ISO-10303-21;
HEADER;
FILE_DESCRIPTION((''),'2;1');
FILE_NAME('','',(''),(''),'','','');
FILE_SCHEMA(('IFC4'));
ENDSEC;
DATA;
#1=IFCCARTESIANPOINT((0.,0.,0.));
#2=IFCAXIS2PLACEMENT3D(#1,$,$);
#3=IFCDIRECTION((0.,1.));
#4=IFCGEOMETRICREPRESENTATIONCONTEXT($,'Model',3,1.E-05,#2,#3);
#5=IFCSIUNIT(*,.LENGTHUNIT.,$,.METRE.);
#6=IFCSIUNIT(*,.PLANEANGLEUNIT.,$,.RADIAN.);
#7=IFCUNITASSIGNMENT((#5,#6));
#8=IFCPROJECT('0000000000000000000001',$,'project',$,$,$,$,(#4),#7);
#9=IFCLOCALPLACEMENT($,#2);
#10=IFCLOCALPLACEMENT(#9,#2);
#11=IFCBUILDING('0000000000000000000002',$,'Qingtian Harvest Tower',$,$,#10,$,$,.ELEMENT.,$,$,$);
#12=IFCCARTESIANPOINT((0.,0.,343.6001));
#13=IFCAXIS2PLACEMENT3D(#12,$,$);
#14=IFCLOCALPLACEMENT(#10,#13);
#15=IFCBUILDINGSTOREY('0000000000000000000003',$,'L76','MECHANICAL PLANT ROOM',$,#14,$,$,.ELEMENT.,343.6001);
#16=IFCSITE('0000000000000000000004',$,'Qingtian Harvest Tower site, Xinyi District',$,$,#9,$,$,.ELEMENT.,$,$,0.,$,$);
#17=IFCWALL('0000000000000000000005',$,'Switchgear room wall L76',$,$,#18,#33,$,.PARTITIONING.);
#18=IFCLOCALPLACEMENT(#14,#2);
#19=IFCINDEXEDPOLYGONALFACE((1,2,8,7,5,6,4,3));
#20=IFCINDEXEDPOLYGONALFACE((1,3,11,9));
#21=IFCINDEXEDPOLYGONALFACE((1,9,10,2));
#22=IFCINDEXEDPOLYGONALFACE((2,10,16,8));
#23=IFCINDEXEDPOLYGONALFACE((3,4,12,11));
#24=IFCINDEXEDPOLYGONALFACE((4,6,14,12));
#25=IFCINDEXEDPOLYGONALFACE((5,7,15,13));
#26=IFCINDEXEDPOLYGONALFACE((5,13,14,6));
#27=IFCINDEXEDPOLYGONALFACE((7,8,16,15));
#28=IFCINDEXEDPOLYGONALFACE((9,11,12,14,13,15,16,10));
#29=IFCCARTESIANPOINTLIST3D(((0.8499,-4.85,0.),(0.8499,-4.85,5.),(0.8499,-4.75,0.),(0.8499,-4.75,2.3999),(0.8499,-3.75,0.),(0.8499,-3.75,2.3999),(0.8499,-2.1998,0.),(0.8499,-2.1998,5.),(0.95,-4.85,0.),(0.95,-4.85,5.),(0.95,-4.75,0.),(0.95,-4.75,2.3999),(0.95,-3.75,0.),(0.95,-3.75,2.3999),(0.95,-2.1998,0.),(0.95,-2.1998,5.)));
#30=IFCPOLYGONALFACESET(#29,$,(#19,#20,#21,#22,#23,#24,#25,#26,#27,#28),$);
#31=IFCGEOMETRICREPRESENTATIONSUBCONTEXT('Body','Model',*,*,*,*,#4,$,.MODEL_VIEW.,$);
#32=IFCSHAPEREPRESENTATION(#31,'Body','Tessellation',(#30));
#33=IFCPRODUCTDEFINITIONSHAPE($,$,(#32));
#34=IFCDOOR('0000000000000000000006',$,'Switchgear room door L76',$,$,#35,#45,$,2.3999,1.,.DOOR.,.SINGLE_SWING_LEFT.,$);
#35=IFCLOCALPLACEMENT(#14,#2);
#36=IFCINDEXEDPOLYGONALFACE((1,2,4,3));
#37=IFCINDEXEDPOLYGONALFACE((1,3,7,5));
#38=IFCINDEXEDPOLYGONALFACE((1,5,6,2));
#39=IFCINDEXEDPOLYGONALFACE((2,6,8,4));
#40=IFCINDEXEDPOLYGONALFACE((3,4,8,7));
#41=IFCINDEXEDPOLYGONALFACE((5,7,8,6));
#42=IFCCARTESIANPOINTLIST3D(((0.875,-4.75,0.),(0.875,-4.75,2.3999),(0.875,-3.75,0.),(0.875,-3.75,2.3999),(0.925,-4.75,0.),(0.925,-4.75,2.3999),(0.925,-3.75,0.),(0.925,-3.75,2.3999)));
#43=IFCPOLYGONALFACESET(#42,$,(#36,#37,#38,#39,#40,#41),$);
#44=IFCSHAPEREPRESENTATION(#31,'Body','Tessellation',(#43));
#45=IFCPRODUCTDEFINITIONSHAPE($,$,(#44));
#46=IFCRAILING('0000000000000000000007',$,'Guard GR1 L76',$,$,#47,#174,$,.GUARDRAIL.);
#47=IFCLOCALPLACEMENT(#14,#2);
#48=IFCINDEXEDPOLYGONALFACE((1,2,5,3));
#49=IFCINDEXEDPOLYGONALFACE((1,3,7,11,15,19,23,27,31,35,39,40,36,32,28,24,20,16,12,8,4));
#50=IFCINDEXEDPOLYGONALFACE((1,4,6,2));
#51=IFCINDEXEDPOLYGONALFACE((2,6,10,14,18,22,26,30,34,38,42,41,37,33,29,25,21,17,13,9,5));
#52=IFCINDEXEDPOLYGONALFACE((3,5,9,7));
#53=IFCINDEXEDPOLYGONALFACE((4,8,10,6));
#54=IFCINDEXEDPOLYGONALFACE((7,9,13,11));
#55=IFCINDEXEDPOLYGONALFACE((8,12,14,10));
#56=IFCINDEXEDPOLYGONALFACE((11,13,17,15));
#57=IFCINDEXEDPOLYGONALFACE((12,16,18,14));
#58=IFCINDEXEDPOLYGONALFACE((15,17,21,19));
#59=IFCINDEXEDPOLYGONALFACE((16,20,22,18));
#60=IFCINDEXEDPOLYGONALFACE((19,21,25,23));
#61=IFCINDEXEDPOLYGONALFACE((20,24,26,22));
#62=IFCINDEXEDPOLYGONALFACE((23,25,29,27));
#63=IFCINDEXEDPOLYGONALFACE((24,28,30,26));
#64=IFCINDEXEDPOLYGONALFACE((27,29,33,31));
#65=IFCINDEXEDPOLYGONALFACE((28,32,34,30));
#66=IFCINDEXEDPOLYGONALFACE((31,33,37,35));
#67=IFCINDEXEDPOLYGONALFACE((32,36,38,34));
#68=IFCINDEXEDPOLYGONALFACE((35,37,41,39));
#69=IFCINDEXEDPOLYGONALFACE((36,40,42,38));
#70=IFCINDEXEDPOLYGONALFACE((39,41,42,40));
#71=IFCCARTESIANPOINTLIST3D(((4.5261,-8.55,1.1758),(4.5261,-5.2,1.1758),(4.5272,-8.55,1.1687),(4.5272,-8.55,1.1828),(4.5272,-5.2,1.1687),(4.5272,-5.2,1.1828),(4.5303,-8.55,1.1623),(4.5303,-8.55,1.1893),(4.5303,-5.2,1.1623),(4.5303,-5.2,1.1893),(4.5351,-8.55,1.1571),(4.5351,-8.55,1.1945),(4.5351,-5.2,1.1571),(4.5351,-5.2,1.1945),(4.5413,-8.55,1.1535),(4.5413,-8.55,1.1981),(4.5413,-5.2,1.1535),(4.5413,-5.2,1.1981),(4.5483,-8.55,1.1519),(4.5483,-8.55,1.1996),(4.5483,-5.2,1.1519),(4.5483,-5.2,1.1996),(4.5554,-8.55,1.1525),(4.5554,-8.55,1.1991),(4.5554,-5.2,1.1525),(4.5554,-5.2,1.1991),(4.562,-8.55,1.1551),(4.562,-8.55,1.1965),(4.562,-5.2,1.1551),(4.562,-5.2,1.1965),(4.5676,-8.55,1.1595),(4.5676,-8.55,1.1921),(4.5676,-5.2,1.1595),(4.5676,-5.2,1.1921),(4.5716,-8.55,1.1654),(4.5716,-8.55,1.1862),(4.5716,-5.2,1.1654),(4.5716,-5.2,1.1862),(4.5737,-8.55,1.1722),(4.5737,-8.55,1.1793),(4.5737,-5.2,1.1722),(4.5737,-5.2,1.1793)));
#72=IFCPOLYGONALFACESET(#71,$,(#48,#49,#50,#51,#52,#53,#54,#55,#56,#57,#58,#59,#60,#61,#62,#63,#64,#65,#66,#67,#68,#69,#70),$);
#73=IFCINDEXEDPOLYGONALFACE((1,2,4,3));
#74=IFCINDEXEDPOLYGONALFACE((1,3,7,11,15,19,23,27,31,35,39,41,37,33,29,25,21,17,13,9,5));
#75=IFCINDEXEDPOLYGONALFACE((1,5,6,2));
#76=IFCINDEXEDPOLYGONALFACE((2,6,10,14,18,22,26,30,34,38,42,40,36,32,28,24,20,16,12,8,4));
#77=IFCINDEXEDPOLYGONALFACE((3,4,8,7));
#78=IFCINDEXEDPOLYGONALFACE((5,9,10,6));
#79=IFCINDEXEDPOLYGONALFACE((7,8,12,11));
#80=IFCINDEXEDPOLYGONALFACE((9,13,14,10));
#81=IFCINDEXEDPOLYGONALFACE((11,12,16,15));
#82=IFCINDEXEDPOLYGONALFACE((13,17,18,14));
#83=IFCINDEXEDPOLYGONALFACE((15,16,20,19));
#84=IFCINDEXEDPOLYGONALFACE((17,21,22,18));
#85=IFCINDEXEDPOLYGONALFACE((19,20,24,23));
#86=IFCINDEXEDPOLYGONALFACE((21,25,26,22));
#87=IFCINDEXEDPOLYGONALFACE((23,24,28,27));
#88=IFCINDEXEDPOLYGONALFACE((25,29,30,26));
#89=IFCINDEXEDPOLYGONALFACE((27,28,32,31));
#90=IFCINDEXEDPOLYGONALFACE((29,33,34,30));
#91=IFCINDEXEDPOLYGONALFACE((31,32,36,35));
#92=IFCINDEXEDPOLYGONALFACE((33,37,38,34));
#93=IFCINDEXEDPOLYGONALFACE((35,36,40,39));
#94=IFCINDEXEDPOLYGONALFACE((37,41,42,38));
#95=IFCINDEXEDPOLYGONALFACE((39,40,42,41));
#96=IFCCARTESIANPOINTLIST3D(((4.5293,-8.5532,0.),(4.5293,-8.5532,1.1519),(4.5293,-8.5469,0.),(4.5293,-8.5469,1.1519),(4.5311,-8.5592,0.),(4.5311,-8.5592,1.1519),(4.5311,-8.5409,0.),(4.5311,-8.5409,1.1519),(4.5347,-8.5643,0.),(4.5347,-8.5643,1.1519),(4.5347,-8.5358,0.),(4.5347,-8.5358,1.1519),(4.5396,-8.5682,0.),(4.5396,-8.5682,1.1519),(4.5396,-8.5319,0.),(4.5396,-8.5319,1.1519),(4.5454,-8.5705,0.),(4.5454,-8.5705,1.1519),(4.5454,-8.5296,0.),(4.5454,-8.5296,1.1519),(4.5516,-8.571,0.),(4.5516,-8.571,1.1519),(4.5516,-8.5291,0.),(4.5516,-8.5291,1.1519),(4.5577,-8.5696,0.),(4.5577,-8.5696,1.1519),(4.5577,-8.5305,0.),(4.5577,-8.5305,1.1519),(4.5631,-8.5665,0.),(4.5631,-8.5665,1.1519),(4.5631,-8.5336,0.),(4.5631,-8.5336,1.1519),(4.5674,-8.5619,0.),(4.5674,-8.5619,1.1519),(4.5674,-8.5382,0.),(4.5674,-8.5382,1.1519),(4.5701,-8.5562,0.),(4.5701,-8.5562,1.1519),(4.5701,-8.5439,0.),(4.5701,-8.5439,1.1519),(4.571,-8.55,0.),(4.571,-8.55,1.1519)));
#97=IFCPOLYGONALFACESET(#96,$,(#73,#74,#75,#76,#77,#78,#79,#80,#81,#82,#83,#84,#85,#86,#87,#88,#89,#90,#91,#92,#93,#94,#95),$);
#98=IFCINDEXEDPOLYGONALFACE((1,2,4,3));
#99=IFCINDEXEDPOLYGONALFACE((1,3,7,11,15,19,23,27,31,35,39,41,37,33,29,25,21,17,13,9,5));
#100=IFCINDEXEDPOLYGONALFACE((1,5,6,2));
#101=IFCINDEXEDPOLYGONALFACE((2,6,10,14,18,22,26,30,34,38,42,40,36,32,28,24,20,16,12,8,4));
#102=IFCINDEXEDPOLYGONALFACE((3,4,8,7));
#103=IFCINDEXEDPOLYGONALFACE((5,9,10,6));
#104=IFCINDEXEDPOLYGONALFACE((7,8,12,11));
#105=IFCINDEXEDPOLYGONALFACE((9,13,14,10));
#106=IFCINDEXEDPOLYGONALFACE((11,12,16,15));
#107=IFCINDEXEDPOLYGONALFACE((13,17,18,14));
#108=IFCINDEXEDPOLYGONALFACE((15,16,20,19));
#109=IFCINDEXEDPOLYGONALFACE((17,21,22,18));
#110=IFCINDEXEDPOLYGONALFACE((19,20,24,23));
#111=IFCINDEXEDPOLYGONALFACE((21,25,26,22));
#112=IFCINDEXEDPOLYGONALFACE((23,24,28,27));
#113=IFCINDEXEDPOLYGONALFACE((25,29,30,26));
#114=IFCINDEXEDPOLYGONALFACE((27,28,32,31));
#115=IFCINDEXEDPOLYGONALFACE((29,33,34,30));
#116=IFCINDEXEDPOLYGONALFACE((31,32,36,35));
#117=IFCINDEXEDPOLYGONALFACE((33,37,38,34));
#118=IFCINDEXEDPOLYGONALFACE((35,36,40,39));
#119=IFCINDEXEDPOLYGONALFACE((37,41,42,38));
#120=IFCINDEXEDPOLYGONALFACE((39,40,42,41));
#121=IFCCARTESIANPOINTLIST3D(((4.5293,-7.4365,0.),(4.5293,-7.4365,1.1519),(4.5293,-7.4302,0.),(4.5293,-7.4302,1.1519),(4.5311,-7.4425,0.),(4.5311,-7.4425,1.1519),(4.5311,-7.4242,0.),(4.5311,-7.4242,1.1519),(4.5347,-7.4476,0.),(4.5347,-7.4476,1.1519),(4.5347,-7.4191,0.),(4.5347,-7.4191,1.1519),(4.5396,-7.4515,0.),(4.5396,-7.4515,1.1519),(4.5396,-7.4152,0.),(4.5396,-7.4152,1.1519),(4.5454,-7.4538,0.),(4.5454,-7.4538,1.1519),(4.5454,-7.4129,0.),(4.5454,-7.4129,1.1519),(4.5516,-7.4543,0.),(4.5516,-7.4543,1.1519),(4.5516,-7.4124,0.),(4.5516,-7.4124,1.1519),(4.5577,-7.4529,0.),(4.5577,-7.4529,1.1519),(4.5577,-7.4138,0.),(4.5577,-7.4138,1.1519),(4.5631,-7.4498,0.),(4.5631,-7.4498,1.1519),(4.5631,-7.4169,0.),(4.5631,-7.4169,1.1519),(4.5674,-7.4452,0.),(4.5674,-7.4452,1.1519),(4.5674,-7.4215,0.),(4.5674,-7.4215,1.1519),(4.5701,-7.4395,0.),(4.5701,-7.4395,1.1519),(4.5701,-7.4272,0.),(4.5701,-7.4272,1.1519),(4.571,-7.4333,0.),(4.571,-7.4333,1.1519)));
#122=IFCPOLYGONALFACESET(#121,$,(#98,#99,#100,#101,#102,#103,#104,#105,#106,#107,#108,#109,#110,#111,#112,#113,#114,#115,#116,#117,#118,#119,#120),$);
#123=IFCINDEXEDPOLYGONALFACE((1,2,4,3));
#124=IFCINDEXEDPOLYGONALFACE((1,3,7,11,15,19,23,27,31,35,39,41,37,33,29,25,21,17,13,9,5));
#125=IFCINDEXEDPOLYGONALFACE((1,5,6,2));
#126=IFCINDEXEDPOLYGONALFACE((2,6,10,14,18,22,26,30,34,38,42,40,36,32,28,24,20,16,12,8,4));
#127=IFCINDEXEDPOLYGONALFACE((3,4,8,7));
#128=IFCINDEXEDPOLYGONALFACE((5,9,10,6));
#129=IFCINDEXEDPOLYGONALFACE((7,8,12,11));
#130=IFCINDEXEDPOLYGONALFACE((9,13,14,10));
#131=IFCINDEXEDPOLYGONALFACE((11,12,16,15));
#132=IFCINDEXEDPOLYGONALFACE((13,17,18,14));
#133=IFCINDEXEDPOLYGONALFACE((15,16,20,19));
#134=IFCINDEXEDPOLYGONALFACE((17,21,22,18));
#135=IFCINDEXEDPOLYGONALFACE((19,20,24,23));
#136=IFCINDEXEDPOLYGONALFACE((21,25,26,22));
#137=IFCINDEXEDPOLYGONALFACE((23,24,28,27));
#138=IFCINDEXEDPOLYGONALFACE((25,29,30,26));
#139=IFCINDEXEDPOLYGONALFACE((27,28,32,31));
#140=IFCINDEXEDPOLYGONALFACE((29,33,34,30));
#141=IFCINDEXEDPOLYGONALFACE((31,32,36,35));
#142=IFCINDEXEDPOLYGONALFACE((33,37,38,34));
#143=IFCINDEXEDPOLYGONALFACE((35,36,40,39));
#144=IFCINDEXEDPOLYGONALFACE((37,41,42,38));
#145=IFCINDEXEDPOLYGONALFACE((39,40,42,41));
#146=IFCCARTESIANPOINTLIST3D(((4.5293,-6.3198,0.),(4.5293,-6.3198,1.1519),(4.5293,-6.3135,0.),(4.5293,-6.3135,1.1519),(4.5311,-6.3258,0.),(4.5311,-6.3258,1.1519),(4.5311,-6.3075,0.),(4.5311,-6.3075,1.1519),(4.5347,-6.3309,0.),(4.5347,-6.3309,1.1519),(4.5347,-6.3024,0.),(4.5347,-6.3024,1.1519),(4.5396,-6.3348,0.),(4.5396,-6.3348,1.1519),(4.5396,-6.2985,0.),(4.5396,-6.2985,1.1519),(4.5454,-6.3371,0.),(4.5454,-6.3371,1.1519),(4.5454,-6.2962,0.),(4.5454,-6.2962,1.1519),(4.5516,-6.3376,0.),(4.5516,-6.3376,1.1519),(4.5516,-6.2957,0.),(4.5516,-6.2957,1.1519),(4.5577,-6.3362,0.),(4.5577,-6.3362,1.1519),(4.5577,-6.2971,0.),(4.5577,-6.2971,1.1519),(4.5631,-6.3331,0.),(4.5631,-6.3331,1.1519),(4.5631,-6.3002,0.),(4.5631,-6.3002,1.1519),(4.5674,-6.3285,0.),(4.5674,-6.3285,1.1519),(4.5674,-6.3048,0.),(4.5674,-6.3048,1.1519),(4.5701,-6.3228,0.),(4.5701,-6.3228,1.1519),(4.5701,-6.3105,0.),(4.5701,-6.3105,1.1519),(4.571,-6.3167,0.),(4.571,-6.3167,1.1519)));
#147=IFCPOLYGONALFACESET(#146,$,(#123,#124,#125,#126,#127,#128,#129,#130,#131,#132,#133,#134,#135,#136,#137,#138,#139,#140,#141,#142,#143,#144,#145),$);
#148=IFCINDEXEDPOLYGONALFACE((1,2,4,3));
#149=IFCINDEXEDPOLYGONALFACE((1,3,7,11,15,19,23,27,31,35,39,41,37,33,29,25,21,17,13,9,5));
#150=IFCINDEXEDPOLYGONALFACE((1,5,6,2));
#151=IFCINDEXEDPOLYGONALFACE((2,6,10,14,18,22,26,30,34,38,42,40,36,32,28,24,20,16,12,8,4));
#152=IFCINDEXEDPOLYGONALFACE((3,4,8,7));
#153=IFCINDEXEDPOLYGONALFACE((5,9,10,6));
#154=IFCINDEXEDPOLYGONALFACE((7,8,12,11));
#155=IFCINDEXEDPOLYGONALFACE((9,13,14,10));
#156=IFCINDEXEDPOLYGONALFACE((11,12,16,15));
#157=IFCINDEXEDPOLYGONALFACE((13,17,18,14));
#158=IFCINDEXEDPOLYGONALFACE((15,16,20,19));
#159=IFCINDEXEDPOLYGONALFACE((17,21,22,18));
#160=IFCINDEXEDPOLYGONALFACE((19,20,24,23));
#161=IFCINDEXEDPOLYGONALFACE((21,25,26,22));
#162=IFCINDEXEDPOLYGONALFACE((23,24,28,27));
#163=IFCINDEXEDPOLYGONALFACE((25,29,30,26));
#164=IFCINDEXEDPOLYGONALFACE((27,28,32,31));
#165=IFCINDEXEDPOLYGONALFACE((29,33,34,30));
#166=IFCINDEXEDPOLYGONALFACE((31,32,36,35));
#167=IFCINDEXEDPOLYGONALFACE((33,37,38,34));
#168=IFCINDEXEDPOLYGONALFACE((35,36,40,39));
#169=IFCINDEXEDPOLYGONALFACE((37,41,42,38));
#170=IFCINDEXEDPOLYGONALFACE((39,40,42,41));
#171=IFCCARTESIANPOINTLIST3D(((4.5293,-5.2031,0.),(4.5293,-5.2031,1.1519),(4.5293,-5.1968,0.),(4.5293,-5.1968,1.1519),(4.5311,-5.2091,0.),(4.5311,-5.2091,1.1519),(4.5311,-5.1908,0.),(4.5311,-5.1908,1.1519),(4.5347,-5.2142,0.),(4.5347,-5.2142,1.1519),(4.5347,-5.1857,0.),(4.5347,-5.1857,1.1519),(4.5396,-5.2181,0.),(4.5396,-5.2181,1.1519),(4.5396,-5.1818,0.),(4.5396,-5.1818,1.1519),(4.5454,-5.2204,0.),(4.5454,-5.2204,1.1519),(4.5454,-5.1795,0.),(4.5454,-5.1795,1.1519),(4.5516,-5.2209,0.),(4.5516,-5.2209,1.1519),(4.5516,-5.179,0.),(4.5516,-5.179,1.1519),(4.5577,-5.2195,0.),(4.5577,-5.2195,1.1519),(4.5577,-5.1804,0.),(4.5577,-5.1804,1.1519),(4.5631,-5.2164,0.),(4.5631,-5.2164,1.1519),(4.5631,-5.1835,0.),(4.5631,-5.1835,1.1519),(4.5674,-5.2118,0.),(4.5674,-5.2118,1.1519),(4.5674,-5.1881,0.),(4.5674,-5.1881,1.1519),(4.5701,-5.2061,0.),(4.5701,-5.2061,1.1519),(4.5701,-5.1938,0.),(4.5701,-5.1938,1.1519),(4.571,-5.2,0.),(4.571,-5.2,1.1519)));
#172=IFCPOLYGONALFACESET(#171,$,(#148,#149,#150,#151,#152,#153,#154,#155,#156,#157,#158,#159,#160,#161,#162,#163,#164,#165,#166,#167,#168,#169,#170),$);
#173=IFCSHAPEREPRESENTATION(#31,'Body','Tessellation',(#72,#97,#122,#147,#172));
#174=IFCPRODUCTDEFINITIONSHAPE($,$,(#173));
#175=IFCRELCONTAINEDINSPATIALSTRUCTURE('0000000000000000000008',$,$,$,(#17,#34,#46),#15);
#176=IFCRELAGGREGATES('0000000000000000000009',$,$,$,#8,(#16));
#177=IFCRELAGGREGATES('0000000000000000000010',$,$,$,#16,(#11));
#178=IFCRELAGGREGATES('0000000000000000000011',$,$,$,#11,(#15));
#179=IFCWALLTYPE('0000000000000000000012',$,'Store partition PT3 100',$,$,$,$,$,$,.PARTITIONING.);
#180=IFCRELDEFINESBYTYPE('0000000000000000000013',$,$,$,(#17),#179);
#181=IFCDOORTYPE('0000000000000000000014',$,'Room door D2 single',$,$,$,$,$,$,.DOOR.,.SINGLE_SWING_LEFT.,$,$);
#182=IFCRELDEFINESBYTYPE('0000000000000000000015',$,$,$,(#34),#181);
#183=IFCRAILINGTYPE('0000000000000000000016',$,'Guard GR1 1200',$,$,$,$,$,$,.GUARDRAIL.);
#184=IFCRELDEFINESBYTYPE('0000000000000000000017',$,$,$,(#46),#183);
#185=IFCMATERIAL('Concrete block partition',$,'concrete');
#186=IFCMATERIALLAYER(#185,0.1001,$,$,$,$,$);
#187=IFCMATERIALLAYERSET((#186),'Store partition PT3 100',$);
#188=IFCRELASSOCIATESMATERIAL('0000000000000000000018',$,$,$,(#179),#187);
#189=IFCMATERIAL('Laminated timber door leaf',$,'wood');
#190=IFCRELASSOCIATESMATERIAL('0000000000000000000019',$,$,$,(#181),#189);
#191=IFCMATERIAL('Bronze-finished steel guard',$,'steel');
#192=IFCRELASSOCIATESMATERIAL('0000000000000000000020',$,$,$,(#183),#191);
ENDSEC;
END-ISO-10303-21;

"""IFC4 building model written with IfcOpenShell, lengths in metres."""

from ifc_helpers import new_model, si_unit, direction, frame, frame_2d, origin, origin_2d, place, context, subcontext, project, spatial, rectangle, circle, extrude, material, layer, layer_set, type_object, element, fill, save


model = new_model("IFC4")

# Units and contexts
model_context = context("Model", 3, precision=1e-05, world=origin(), true_north=direction((0.0, 1.0)))
body_context = subcontext(model_context, "Body", "Model", "MODEL_VIEW")
ifc_project = project(units=[si_unit("LENGTHUNIT", "METRE"), si_unit("PLANEANGLEUNIT", "RADIAN")], contexts=[model_context])

# Site, building, storey
site_placement = place(None, origin())
site = spatial("IfcSite", under=ifc_project, at=site_placement, Name="Qingtian Harvest Tower site, Xinyi District", CompositionType="ELEMENT", RefElevation=0.0)
building_placement = place(site_placement, origin())
building = spatial("IfcBuilding", under=site, at=building_placement, Name="Qingtian Harvest Tower", CompositionType="ELEMENT")
storey_placement = place(building_placement, frame((0.0, 0.0, 343.6001)))
storey = spatial("IfcBuildingStorey", under=building, at=storey_placement, Name="L76", Description="MECHANICAL PLANT ROOM", CompositionType="ELEMENT", Elevation=343.6001)

# Wall, opening, door
ifc_material_1 = material(Name="Concrete block partition", Category="concrete")
ifc_layer_1 = layer(ifc_material_1, 0.1001)
ifc_layer_set_1 = layer_set([ifc_layer_1], Name="Store partition PT3 100")
wall_type_1 = type_object("IfcWallType", Name="Store partition PT3 100", PredefinedType="PARTITIONING", material=ifc_layer_set_1)
wall_1_placement = place(storey_placement, frame((0.8999, -4.8501, 0.0), z_axis=(0.0, 0.0, 1.0), x_axis=(0.0, 1.0, 0.0)))
wall_1 = element("IfcWall", 1, at=wall_1_placement, inside=storey, type_object=wall_type_1, Name="Switchgear room wall L76", PredefinedType="PARTITIONING", context=body_context, shape_type="SweptSolid", body=[
    extrude(rectangle(XDim=2.6501, YDim=0.1001, at=frame_2d((1.3252, 0.0))), origin(), (0.0, 0.0, 1.0), 5.0),
])
opening_1_placement = place(wall_1_placement, frame((0.1001, 0.0, 0.0)))
opening_1 = element("IfcOpeningElement", 2, at=opening_1_placement, cuts=wall_1, PredefinedType="OPENING", context=body_context, shape_type="SweptSolid", body=[
    extrude(rectangle(XDim=1.0, YDim=2.3999, at=frame_2d((0.5, 1.2))), frame((0.0, 0.0601, 0.0), z_axis=(0.0, -1.0, 0.0), x_axis=(1.0, 0.0, 0.0)), (0.0, 0.0, 1.0), 0.1201),
])
ifc_material_2 = material(Name="Laminated timber door leaf", Category="wood")
door_type_1 = type_object("IfcDoorType", Name="Room door D2 single", OperationType="SINGLE_SWING_LEFT", PredefinedType="DOOR", material=ifc_material_2)
door_1_placement = place(opening_1_placement, origin())
door_1 = element("IfcDoor", 3, at=door_1_placement, inside=storey, type_object=door_type_1, Name="Switchgear room door L76", OperationType="SINGLE_SWING_LEFT", OverallHeight=2.3999, OverallWidth=1.0, PredefinedType="DOOR", context=body_context, shape_type="SweptSolid", body=[
    extrude(rectangle(XDim=1.0, YDim=2.3999, at=frame_2d((0.5, 1.2))), frame((0.0, 0.0249, 0.0), z_axis=(0.0, -1.0, 0.0), x_axis=(1.0, 0.0, 0.0)), (0.0, 0.0, 1.0), 0.05),
])
fill(opening_1, door_1)

# Railing
ifc_material_3 = material(Name="Bronze-finished steel guard", Category="steel")
railing_type = type_object("IfcRailingType", Name="Guard GR1 1200", PredefinedType="GUARDRAIL", material=ifc_material_3)
railing_placement = place(storey_placement, frame((4.55, -8.55, 0.0)))
element("IfcRailing", 4, at=railing_placement, inside=storey, type_object=railing_type, Name="Guard GR1 L76", PredefinedType="GUARDRAIL", context=body_context, shape_type="SweptSolid", body=[
    extrude(circle(Radius=0.0239, at=origin_2d()), frame((0.0, 0.0, 1.1758), z_axis=(0.0, 1.0, 0.0), x_axis=(-1.0, 0.0, 0.0)), (0.0, 0.0, 1.0), 3.3501),
    extrude(circle(Radius=0.021, at=origin_2d()), origin(), (0.0, 0.0, 1.0), 1.1519),
    extrude(circle(Radius=0.021, at=origin_2d()), frame((0.0, 1.1167, 0.0)), (0.0, 0.0, 1.0), 1.1519),
    extrude(circle(Radius=0.021, at=origin_2d()), frame((0.0, 2.2334, 0.0)), (0.0, 0.0, 1.0), 1.1519),
    extrude(circle(Radius=0.021, at=origin_2d()), frame((0.0, 3.3501, 0.0)), (0.0, 0.0, 1.0), 1.1519),
])

save(model, "model.ifc")
